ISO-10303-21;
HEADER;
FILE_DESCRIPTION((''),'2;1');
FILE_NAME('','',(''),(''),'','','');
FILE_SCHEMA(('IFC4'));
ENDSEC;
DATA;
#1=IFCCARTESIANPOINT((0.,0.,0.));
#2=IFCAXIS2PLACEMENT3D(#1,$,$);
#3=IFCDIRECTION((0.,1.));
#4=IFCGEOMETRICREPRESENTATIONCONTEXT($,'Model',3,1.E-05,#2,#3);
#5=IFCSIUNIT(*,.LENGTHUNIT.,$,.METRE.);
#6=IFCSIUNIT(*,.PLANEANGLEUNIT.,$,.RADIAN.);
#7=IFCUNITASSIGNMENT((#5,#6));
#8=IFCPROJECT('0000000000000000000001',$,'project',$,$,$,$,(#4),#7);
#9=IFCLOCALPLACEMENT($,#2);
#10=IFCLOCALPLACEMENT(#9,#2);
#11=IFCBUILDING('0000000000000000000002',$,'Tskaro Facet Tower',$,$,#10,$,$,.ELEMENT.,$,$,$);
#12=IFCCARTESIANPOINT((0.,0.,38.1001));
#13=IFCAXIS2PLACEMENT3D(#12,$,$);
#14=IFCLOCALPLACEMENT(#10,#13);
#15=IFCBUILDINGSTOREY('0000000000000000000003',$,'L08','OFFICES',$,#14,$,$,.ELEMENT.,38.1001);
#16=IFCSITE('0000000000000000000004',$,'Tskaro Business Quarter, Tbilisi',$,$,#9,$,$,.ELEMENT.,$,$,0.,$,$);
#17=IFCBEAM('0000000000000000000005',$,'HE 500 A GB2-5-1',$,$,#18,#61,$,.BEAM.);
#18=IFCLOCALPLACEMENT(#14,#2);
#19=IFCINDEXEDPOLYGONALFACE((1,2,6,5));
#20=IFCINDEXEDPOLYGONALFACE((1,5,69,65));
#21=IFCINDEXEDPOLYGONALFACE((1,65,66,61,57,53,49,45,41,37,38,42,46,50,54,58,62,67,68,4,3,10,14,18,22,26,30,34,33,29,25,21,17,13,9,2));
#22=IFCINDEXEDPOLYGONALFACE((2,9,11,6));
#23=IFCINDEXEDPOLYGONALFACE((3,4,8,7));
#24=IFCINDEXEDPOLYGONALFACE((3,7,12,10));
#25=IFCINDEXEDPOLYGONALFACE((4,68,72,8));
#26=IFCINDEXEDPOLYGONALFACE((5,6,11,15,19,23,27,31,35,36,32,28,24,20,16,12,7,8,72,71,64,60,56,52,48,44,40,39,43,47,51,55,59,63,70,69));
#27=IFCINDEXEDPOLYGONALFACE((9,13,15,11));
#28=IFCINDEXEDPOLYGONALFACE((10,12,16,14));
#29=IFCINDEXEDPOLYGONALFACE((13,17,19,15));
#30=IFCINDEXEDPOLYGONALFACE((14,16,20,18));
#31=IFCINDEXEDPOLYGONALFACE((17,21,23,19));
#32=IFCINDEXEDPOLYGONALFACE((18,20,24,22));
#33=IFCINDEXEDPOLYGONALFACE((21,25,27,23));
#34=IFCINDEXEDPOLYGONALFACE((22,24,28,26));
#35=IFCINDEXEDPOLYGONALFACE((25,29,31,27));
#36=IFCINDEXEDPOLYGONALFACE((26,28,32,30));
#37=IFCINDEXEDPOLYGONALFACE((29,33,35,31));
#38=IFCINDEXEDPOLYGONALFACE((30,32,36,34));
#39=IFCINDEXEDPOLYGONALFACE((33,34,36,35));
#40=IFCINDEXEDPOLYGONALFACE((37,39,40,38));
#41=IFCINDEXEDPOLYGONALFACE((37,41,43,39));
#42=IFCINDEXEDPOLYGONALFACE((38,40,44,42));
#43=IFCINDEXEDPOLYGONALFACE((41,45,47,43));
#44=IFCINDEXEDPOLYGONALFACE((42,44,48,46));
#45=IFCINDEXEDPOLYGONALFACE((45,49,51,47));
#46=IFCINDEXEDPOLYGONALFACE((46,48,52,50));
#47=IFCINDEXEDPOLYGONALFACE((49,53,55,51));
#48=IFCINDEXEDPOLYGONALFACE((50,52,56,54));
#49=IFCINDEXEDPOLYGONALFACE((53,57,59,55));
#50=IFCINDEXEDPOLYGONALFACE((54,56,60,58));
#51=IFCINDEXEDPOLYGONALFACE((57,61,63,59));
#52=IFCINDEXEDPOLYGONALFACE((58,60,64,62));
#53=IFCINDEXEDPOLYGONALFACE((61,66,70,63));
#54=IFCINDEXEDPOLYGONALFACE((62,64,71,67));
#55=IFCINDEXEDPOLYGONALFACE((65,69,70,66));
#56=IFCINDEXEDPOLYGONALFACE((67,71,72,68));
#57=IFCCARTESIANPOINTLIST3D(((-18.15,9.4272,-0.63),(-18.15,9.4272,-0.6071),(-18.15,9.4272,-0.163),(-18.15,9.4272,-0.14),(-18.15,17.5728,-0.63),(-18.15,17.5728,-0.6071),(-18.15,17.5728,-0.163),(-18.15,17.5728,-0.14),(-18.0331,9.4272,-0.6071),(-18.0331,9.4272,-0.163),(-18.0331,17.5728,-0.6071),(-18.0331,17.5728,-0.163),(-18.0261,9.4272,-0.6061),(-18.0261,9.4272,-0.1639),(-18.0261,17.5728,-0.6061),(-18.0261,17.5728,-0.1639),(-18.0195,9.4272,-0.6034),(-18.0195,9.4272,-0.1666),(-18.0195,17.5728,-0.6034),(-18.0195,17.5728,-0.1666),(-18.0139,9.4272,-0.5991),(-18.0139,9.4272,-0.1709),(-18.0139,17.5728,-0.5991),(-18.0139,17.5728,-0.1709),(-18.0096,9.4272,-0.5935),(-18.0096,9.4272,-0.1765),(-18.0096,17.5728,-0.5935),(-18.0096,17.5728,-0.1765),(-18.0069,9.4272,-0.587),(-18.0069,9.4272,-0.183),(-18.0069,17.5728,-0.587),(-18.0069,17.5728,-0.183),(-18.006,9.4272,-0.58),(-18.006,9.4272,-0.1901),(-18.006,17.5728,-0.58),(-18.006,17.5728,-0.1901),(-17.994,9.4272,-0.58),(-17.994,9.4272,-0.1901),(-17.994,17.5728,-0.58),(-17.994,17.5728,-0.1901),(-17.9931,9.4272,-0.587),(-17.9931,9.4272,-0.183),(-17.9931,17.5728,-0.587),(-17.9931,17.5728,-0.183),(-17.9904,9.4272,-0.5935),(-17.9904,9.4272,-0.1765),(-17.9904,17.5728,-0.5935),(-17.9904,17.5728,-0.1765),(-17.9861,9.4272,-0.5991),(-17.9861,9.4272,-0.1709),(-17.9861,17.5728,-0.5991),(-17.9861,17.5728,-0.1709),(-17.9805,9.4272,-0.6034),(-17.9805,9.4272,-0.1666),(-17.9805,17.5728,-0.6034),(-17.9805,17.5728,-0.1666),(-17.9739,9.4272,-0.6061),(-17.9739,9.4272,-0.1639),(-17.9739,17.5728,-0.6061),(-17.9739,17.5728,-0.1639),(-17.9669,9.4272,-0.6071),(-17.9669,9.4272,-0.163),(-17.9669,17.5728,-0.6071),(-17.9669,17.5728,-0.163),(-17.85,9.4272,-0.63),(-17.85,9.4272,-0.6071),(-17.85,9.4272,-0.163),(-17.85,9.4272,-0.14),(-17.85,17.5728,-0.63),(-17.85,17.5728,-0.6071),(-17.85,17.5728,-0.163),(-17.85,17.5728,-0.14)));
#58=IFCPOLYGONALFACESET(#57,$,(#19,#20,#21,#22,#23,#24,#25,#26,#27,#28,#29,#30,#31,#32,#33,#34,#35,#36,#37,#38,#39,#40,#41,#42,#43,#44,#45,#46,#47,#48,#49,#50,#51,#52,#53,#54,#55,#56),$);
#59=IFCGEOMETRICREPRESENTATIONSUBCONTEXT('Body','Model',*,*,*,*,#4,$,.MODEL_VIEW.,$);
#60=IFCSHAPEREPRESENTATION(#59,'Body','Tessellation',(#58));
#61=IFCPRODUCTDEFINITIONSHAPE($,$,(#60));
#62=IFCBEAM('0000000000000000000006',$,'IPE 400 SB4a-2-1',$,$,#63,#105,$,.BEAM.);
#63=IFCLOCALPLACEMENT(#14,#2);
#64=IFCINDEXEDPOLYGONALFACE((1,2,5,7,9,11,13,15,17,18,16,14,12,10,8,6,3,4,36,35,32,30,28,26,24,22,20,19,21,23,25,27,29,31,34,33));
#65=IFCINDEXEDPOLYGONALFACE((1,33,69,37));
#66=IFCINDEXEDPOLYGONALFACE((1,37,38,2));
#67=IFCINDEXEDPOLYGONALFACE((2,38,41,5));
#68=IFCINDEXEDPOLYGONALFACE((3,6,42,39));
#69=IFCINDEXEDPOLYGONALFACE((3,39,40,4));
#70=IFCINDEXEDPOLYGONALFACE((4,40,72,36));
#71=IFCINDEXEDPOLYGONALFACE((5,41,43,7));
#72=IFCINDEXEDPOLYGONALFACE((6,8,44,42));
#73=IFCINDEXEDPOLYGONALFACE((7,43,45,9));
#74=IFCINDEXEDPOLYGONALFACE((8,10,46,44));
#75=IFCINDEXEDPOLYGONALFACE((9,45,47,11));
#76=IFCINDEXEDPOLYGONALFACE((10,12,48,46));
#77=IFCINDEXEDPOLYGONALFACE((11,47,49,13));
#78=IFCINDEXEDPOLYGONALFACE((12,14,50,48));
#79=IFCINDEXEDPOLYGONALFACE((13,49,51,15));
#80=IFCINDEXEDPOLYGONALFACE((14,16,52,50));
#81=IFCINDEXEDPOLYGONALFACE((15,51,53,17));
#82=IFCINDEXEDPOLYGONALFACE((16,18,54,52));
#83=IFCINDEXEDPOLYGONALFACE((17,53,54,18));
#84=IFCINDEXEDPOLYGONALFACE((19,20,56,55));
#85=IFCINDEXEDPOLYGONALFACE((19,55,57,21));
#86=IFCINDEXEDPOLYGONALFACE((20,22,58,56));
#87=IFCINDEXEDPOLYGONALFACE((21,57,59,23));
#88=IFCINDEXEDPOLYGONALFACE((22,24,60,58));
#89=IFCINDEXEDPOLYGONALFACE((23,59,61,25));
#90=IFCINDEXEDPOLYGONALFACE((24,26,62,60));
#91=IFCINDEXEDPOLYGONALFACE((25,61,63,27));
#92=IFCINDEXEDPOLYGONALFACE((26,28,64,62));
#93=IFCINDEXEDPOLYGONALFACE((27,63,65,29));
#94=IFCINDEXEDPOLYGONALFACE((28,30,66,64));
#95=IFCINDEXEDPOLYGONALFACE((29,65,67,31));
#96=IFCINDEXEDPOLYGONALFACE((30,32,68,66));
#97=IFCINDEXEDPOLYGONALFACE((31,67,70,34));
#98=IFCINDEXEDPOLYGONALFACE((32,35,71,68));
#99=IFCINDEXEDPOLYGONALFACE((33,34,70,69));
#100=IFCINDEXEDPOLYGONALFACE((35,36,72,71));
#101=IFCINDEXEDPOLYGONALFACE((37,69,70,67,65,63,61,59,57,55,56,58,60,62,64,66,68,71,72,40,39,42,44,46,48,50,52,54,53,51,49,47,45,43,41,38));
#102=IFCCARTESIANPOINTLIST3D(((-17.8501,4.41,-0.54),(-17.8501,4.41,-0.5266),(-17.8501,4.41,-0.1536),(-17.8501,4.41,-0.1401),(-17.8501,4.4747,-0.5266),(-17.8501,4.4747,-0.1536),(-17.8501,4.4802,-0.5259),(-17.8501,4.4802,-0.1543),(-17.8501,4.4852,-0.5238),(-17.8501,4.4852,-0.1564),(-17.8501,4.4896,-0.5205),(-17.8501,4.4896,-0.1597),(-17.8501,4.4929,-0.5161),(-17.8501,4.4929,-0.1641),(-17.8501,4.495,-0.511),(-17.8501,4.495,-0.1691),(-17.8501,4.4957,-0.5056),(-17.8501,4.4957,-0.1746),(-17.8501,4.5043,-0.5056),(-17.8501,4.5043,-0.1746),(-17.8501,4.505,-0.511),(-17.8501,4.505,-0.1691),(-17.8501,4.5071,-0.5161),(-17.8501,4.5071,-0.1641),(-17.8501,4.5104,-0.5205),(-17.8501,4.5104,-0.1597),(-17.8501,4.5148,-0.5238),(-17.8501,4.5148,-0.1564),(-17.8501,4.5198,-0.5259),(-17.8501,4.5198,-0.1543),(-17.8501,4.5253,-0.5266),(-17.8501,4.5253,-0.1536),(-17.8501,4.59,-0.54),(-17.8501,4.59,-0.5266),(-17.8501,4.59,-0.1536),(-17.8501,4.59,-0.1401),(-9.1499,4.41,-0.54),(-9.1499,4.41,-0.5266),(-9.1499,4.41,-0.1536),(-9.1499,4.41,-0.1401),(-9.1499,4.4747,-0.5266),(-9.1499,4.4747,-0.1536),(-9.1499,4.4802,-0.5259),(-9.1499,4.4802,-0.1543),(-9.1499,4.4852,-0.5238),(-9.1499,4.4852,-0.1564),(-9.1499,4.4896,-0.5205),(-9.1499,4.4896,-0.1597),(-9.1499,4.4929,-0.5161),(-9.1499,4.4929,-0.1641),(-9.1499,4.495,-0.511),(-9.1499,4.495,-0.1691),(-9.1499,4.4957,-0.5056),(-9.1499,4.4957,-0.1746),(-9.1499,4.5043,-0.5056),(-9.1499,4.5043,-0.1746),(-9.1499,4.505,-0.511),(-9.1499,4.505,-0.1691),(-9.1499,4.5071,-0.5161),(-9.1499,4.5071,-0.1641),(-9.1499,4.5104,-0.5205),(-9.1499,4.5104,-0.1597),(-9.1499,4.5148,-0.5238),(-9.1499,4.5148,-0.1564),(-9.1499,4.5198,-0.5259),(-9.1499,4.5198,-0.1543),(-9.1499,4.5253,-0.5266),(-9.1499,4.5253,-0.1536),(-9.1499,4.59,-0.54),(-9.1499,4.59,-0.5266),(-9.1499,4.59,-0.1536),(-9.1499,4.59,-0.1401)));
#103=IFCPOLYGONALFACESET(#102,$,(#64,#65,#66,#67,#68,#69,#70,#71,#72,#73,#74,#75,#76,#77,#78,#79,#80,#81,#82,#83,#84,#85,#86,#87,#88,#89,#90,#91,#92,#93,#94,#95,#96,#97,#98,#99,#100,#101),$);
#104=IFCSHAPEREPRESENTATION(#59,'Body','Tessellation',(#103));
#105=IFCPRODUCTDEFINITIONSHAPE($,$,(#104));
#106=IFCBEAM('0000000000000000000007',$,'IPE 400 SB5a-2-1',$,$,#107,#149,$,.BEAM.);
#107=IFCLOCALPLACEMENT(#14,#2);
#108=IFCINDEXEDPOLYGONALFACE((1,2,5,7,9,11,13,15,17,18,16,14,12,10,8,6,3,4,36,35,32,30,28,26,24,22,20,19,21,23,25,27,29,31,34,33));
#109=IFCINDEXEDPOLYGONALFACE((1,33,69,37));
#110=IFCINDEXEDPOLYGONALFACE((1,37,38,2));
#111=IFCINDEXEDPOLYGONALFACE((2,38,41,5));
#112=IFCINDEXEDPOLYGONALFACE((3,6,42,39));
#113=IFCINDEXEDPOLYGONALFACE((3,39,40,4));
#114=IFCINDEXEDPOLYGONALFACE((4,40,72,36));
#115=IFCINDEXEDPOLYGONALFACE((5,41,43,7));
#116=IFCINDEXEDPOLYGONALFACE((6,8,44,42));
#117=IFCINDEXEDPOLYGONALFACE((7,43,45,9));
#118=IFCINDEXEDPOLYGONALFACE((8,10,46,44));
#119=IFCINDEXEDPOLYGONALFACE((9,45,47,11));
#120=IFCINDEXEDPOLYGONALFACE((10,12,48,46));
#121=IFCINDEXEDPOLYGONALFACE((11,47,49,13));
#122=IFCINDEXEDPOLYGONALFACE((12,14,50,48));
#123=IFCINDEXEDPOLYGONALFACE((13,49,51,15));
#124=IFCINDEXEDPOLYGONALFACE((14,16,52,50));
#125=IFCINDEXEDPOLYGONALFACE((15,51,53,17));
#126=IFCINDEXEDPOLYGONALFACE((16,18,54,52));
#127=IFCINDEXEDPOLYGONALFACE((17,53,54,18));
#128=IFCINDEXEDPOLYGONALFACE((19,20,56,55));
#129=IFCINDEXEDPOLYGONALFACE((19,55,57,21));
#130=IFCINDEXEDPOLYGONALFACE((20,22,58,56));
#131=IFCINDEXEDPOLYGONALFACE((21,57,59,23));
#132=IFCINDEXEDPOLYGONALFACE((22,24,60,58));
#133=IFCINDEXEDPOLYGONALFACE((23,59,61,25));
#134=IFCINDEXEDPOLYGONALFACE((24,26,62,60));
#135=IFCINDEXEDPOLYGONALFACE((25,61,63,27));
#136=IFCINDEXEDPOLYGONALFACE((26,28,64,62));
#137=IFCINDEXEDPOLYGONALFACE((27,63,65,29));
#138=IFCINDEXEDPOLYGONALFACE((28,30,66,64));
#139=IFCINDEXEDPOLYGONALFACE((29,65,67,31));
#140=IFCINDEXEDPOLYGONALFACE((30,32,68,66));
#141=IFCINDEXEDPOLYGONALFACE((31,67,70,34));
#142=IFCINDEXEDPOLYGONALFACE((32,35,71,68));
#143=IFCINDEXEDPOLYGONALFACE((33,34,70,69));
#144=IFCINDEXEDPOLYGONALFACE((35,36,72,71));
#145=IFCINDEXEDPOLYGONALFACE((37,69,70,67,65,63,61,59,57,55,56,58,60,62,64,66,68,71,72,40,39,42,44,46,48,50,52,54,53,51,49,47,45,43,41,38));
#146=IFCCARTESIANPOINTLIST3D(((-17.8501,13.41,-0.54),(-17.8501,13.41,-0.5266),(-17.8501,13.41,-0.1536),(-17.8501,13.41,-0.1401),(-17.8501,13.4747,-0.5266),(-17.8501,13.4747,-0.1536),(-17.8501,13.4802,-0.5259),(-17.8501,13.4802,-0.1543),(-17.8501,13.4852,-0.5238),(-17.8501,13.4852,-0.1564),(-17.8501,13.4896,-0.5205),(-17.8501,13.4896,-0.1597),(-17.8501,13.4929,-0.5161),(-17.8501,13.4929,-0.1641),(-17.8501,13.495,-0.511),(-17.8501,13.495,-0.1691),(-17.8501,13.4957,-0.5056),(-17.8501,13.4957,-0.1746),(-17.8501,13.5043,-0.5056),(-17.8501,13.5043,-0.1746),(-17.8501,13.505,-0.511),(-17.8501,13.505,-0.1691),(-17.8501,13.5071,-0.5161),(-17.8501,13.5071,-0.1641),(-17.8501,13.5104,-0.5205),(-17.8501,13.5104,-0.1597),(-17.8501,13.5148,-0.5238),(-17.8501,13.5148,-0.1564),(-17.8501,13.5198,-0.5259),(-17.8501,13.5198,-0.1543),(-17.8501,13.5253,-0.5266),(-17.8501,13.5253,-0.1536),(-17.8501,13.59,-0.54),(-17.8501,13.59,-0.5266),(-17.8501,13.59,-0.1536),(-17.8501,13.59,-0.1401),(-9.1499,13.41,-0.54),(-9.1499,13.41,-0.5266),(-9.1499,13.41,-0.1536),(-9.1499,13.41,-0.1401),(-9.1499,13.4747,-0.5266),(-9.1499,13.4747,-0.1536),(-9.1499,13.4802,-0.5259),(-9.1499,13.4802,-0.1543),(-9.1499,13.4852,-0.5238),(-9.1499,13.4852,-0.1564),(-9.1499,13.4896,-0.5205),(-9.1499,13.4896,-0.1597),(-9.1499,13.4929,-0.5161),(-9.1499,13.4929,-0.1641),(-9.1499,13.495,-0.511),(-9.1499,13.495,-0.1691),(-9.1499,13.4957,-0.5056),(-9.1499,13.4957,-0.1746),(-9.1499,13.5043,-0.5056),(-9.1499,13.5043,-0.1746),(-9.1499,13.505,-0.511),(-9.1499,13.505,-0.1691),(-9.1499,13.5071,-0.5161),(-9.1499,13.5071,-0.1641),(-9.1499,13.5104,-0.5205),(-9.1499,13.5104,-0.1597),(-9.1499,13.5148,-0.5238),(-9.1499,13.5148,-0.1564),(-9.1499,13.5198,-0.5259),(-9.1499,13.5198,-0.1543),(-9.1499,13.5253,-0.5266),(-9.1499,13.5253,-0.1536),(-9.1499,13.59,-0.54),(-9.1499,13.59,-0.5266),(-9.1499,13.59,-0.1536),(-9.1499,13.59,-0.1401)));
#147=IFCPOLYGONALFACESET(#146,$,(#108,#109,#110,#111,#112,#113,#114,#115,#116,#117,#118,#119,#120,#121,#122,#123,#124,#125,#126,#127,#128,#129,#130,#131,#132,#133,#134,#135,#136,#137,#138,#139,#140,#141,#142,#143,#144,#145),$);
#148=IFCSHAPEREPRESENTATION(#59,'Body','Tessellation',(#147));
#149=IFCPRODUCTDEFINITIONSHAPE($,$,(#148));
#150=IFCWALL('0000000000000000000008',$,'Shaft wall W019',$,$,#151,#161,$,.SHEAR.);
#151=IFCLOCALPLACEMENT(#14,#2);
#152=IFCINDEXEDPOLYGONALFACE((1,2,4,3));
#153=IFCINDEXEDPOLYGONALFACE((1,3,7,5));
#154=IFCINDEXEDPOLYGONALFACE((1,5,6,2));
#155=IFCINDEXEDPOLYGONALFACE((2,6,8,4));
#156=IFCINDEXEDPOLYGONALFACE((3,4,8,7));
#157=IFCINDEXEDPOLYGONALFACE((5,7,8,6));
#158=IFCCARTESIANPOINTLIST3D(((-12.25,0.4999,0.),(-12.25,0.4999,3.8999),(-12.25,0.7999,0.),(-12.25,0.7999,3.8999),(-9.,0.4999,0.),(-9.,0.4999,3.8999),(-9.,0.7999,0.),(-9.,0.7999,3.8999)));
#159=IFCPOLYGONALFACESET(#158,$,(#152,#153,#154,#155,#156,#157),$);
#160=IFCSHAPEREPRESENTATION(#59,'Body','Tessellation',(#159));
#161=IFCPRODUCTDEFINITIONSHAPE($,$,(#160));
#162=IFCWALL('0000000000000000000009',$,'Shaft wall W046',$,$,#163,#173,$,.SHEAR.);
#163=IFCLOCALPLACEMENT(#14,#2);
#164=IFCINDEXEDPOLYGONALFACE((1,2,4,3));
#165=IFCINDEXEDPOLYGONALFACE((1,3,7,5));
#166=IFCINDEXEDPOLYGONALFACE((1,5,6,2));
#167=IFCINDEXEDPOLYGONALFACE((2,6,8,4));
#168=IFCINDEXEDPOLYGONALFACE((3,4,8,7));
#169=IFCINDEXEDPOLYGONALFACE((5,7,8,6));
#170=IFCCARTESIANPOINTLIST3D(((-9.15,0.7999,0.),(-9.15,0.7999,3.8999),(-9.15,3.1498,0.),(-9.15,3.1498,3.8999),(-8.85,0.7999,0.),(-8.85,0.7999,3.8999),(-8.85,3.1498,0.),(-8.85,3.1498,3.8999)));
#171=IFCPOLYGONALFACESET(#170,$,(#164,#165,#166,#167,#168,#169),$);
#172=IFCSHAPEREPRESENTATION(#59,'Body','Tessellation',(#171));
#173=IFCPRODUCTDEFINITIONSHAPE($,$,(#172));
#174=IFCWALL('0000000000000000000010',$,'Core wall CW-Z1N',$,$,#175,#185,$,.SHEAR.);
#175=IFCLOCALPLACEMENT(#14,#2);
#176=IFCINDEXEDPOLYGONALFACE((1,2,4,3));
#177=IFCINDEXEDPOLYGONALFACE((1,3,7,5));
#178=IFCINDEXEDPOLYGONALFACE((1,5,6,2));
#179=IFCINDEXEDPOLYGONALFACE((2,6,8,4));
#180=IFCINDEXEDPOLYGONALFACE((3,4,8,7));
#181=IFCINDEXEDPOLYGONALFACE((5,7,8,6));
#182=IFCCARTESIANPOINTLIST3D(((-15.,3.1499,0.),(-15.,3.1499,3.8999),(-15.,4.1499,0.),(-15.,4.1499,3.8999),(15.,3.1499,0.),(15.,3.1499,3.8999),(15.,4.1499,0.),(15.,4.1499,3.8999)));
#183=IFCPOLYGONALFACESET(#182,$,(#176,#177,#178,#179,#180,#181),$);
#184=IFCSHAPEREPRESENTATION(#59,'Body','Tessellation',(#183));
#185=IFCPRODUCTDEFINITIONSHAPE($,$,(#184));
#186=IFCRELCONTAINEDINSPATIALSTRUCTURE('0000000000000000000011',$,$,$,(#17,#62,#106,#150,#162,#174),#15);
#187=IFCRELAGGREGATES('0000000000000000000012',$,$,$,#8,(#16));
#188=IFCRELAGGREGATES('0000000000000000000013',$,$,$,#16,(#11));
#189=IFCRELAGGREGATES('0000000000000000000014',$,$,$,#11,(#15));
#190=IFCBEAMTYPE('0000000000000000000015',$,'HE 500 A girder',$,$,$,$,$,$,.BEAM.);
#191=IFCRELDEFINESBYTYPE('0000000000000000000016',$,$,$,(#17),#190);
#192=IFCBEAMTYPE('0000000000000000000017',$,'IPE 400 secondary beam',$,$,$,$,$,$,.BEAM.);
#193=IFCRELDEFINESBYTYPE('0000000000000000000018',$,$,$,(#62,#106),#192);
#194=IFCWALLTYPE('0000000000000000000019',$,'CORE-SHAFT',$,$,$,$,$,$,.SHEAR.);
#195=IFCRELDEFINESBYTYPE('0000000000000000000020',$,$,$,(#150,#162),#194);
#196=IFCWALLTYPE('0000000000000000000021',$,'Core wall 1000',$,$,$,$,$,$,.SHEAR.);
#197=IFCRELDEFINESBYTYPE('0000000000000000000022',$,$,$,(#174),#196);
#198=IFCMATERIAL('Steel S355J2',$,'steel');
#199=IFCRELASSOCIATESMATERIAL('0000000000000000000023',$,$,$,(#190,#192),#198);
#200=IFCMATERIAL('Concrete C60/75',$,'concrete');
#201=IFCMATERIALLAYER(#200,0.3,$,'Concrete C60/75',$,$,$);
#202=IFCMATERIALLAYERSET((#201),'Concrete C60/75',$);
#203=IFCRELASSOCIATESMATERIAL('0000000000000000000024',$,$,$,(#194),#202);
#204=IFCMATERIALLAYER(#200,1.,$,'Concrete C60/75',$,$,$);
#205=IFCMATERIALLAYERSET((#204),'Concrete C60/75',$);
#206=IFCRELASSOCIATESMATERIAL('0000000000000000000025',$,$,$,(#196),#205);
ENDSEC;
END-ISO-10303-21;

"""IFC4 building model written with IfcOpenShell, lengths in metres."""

from ifc_helpers import new_model, si_unit, direction, frame, frame_2d, origin, origin_2d, place, context, subcontext, project, spatial, rectangle, i_section, extrude, material, layer, layer_set, material_profile, profile_set, type_object, element, save


model = new_model("IFC4")

# Units and contexts
model_context = context("Model", 3, precision=1e-05, world=origin(), true_north=direction((0.0, 1.0)))
body_context = subcontext(model_context, "Body", "Model", "MODEL_VIEW")
ifc_project = project(units=[si_unit("LENGTHUNIT", "METRE"), si_unit("PLANEANGLEUNIT", "RADIAN")], contexts=[model_context])

# Site, building, storey
site_placement = place(None, origin())
site = spatial("IfcSite", under=ifc_project, at=site_placement, Name="Tskaro Business Quarter, Tbilisi", CompositionType="ELEMENT", RefElevation=0.0)
building_placement = place(site_placement, origin())
building = spatial("IfcBuilding", under=site, at=building_placement, Name="Tskaro Facet Tower", CompositionType="ELEMENT")
storey_placement = place(building_placement, frame((0.0, 0.0, 38.1001)))
storey = spatial("IfcBuildingStorey", under=building, at=storey_placement, Name="L08", Description="OFFICES", CompositionType="ELEMENT", Elevation=38.1001)

# Beams
ifc_material_1 = material(Name="Steel S355J2", Category="steel")
ifc_material_profile_1 = material_profile(ifc_material_1, i_section(OverallWidth=0.3, OverallDepth=0.49, WebThickness=0.012, FlangeThickness=0.0229, FilletRadius=0.0271, at=origin_2d()), Name="HE 500 A")
ifc_profile_set_1 = profile_set([ifc_material_profile_1], Name="Steel S355J2")
beam_type_1 = type_object("IfcBeamType", Name="HE 500 A girder", PredefinedType="BEAM", material=ifc_profile_set_1)
beam_placement = place(storey_placement, frame((-18.0, 9.4272, -0.385), z_axis=(0.0, 1.0, 0.0), x_axis=(-1.0, 0.0, 0.0)))
element("IfcBeam", 1, at=beam_placement, inside=storey, type_object=beam_type_1, Name="HE 500 A GB2-5-1", PredefinedType="BEAM", context=body_context, shape_type="SweptSolid", body=[
    extrude(i_section(OverallWidth=0.3, OverallDepth=0.49, WebThickness=0.012, FlangeThickness=0.0229, FilletRadius=0.0271, at=origin_2d()), origin(), (0.0, 0.0, 1.0), 8.1455),
])
ifc_material_profile_2 = material_profile(ifc_material_1, i_section(OverallWidth=0.1799, OverallDepth=0.3999, WebThickness=0.0085, FlangeThickness=0.0134, FilletRadius=0.021, at=origin_2d()), Name="IPE 400")
ifc_profile_set_2 = profile_set([ifc_material_profile_2], Name="Steel S355J2")
beam_type_2 = type_object("IfcBeamType", Name="IPE 400 secondary beam", PredefinedType="BEAM", material=ifc_profile_set_2)
for number, where, z_axis, x_axis, name in (
    (2, (-17.8501, 4.5, -0.3401), (1.0, 0.0, 0.0), (0.0, 1.0, 0.0), "IPE 400 SB4a-2-1"),
    (3, (-17.8501, 13.5, -0.3401), (1.0, 0.0, 0.0), (0.0, 1.0, 0.0), "IPE 400 SB5a-2-1"),
):
    element("IfcBeam", number, at=place(storey_placement, frame(where, z_axis=z_axis, x_axis=x_axis)), inside=storey, type_object=beam_type_2, Name=name, PredefinedType="BEAM", context=body_context, shape_type="SweptSolid", body=[
        extrude(i_section(OverallWidth=0.1799, OverallDepth=0.3999, WebThickness=0.0085, FlangeThickness=0.0134, FilletRadius=0.021, at=origin_2d()), origin(), (0.0, 0.0, 1.0), 8.7002),
    ])

# Walls
ifc_material_2 = material(Name="Concrete C60/75", Category="concrete")
ifc_layer_1 = layer(ifc_material_2, 0.3, Name="Concrete C60/75")
ifc_layer_set_1 = layer_set([ifc_layer_1], Name="Concrete C60/75")
wall_type_1 = type_object("IfcWallType", Name="CORE-SHAFT", PredefinedType="SHEAR", material=ifc_layer_set_1)
wall_1_placement = place(storey_placement, frame((-9.0, 0.6499, 0.0), z_axis=(0.0, 0.0, 1.0), x_axis=(-1.0, 0.0, 0.0)))
element("IfcWall", 4, at=wall_1_placement, inside=storey, type_object=wall_type_1, Name="Shaft wall W019", PredefinedType="SHEAR", context=body_context, shape_type="SweptSolid", body=[
    extrude(rectangle(XDim=3.25, YDim=0.3, at=frame_2d((1.625, 0.0))), origin(), (0.0, 0.0, 1.0), 3.8999),
])
wall_2_placement = place(storey_placement, frame((-9.0, 0.8, 0.0), z_axis=(0.0, 0.0, 1.0), x_axis=(0.0, 1.0, 0.0)))
element("IfcWall", 5, at=wall_2_placement, inside=storey, type_object=wall_type_1, Name="Shaft wall W046", PredefinedType="SHEAR", context=body_context, shape_type="SweptSolid", body=[
    extrude(rectangle(XDim=2.3499, YDim=0.3, at=frame_2d((1.1748, 0.0))), origin(), (0.0, 0.0, 1.0), 3.8999),
])
ifc_layer_2 = layer(ifc_material_2, 1.0, Name="Concrete C60/75")
ifc_layer_set_2 = layer_set([ifc_layer_2], Name="Concrete C60/75")
wall_type_2 = type_object("IfcWallType", Name="Core wall 1000", PredefinedType="SHEAR", material=ifc_layer_set_2)
wall_3_placement = place(storey_placement, frame((-15.0, 3.6499, 0.0), z_axis=(0.0, 0.0, 1.0), x_axis=(1.0, 0.0, 0.0)))
element("IfcWall", 6, at=wall_3_placement, inside=storey, type_object=wall_type_2, Name="Core wall CW-Z1N", PredefinedType="SHEAR", context=body_context, shape_type="SweptSolid", body=[
    extrude(rectangle(XDim=30.0, YDim=1.0, at=frame_2d((15.0, 0.0))), origin(), (0.0, 0.0, 1.0), 3.8999),
])

save(model, "model.ifc")
